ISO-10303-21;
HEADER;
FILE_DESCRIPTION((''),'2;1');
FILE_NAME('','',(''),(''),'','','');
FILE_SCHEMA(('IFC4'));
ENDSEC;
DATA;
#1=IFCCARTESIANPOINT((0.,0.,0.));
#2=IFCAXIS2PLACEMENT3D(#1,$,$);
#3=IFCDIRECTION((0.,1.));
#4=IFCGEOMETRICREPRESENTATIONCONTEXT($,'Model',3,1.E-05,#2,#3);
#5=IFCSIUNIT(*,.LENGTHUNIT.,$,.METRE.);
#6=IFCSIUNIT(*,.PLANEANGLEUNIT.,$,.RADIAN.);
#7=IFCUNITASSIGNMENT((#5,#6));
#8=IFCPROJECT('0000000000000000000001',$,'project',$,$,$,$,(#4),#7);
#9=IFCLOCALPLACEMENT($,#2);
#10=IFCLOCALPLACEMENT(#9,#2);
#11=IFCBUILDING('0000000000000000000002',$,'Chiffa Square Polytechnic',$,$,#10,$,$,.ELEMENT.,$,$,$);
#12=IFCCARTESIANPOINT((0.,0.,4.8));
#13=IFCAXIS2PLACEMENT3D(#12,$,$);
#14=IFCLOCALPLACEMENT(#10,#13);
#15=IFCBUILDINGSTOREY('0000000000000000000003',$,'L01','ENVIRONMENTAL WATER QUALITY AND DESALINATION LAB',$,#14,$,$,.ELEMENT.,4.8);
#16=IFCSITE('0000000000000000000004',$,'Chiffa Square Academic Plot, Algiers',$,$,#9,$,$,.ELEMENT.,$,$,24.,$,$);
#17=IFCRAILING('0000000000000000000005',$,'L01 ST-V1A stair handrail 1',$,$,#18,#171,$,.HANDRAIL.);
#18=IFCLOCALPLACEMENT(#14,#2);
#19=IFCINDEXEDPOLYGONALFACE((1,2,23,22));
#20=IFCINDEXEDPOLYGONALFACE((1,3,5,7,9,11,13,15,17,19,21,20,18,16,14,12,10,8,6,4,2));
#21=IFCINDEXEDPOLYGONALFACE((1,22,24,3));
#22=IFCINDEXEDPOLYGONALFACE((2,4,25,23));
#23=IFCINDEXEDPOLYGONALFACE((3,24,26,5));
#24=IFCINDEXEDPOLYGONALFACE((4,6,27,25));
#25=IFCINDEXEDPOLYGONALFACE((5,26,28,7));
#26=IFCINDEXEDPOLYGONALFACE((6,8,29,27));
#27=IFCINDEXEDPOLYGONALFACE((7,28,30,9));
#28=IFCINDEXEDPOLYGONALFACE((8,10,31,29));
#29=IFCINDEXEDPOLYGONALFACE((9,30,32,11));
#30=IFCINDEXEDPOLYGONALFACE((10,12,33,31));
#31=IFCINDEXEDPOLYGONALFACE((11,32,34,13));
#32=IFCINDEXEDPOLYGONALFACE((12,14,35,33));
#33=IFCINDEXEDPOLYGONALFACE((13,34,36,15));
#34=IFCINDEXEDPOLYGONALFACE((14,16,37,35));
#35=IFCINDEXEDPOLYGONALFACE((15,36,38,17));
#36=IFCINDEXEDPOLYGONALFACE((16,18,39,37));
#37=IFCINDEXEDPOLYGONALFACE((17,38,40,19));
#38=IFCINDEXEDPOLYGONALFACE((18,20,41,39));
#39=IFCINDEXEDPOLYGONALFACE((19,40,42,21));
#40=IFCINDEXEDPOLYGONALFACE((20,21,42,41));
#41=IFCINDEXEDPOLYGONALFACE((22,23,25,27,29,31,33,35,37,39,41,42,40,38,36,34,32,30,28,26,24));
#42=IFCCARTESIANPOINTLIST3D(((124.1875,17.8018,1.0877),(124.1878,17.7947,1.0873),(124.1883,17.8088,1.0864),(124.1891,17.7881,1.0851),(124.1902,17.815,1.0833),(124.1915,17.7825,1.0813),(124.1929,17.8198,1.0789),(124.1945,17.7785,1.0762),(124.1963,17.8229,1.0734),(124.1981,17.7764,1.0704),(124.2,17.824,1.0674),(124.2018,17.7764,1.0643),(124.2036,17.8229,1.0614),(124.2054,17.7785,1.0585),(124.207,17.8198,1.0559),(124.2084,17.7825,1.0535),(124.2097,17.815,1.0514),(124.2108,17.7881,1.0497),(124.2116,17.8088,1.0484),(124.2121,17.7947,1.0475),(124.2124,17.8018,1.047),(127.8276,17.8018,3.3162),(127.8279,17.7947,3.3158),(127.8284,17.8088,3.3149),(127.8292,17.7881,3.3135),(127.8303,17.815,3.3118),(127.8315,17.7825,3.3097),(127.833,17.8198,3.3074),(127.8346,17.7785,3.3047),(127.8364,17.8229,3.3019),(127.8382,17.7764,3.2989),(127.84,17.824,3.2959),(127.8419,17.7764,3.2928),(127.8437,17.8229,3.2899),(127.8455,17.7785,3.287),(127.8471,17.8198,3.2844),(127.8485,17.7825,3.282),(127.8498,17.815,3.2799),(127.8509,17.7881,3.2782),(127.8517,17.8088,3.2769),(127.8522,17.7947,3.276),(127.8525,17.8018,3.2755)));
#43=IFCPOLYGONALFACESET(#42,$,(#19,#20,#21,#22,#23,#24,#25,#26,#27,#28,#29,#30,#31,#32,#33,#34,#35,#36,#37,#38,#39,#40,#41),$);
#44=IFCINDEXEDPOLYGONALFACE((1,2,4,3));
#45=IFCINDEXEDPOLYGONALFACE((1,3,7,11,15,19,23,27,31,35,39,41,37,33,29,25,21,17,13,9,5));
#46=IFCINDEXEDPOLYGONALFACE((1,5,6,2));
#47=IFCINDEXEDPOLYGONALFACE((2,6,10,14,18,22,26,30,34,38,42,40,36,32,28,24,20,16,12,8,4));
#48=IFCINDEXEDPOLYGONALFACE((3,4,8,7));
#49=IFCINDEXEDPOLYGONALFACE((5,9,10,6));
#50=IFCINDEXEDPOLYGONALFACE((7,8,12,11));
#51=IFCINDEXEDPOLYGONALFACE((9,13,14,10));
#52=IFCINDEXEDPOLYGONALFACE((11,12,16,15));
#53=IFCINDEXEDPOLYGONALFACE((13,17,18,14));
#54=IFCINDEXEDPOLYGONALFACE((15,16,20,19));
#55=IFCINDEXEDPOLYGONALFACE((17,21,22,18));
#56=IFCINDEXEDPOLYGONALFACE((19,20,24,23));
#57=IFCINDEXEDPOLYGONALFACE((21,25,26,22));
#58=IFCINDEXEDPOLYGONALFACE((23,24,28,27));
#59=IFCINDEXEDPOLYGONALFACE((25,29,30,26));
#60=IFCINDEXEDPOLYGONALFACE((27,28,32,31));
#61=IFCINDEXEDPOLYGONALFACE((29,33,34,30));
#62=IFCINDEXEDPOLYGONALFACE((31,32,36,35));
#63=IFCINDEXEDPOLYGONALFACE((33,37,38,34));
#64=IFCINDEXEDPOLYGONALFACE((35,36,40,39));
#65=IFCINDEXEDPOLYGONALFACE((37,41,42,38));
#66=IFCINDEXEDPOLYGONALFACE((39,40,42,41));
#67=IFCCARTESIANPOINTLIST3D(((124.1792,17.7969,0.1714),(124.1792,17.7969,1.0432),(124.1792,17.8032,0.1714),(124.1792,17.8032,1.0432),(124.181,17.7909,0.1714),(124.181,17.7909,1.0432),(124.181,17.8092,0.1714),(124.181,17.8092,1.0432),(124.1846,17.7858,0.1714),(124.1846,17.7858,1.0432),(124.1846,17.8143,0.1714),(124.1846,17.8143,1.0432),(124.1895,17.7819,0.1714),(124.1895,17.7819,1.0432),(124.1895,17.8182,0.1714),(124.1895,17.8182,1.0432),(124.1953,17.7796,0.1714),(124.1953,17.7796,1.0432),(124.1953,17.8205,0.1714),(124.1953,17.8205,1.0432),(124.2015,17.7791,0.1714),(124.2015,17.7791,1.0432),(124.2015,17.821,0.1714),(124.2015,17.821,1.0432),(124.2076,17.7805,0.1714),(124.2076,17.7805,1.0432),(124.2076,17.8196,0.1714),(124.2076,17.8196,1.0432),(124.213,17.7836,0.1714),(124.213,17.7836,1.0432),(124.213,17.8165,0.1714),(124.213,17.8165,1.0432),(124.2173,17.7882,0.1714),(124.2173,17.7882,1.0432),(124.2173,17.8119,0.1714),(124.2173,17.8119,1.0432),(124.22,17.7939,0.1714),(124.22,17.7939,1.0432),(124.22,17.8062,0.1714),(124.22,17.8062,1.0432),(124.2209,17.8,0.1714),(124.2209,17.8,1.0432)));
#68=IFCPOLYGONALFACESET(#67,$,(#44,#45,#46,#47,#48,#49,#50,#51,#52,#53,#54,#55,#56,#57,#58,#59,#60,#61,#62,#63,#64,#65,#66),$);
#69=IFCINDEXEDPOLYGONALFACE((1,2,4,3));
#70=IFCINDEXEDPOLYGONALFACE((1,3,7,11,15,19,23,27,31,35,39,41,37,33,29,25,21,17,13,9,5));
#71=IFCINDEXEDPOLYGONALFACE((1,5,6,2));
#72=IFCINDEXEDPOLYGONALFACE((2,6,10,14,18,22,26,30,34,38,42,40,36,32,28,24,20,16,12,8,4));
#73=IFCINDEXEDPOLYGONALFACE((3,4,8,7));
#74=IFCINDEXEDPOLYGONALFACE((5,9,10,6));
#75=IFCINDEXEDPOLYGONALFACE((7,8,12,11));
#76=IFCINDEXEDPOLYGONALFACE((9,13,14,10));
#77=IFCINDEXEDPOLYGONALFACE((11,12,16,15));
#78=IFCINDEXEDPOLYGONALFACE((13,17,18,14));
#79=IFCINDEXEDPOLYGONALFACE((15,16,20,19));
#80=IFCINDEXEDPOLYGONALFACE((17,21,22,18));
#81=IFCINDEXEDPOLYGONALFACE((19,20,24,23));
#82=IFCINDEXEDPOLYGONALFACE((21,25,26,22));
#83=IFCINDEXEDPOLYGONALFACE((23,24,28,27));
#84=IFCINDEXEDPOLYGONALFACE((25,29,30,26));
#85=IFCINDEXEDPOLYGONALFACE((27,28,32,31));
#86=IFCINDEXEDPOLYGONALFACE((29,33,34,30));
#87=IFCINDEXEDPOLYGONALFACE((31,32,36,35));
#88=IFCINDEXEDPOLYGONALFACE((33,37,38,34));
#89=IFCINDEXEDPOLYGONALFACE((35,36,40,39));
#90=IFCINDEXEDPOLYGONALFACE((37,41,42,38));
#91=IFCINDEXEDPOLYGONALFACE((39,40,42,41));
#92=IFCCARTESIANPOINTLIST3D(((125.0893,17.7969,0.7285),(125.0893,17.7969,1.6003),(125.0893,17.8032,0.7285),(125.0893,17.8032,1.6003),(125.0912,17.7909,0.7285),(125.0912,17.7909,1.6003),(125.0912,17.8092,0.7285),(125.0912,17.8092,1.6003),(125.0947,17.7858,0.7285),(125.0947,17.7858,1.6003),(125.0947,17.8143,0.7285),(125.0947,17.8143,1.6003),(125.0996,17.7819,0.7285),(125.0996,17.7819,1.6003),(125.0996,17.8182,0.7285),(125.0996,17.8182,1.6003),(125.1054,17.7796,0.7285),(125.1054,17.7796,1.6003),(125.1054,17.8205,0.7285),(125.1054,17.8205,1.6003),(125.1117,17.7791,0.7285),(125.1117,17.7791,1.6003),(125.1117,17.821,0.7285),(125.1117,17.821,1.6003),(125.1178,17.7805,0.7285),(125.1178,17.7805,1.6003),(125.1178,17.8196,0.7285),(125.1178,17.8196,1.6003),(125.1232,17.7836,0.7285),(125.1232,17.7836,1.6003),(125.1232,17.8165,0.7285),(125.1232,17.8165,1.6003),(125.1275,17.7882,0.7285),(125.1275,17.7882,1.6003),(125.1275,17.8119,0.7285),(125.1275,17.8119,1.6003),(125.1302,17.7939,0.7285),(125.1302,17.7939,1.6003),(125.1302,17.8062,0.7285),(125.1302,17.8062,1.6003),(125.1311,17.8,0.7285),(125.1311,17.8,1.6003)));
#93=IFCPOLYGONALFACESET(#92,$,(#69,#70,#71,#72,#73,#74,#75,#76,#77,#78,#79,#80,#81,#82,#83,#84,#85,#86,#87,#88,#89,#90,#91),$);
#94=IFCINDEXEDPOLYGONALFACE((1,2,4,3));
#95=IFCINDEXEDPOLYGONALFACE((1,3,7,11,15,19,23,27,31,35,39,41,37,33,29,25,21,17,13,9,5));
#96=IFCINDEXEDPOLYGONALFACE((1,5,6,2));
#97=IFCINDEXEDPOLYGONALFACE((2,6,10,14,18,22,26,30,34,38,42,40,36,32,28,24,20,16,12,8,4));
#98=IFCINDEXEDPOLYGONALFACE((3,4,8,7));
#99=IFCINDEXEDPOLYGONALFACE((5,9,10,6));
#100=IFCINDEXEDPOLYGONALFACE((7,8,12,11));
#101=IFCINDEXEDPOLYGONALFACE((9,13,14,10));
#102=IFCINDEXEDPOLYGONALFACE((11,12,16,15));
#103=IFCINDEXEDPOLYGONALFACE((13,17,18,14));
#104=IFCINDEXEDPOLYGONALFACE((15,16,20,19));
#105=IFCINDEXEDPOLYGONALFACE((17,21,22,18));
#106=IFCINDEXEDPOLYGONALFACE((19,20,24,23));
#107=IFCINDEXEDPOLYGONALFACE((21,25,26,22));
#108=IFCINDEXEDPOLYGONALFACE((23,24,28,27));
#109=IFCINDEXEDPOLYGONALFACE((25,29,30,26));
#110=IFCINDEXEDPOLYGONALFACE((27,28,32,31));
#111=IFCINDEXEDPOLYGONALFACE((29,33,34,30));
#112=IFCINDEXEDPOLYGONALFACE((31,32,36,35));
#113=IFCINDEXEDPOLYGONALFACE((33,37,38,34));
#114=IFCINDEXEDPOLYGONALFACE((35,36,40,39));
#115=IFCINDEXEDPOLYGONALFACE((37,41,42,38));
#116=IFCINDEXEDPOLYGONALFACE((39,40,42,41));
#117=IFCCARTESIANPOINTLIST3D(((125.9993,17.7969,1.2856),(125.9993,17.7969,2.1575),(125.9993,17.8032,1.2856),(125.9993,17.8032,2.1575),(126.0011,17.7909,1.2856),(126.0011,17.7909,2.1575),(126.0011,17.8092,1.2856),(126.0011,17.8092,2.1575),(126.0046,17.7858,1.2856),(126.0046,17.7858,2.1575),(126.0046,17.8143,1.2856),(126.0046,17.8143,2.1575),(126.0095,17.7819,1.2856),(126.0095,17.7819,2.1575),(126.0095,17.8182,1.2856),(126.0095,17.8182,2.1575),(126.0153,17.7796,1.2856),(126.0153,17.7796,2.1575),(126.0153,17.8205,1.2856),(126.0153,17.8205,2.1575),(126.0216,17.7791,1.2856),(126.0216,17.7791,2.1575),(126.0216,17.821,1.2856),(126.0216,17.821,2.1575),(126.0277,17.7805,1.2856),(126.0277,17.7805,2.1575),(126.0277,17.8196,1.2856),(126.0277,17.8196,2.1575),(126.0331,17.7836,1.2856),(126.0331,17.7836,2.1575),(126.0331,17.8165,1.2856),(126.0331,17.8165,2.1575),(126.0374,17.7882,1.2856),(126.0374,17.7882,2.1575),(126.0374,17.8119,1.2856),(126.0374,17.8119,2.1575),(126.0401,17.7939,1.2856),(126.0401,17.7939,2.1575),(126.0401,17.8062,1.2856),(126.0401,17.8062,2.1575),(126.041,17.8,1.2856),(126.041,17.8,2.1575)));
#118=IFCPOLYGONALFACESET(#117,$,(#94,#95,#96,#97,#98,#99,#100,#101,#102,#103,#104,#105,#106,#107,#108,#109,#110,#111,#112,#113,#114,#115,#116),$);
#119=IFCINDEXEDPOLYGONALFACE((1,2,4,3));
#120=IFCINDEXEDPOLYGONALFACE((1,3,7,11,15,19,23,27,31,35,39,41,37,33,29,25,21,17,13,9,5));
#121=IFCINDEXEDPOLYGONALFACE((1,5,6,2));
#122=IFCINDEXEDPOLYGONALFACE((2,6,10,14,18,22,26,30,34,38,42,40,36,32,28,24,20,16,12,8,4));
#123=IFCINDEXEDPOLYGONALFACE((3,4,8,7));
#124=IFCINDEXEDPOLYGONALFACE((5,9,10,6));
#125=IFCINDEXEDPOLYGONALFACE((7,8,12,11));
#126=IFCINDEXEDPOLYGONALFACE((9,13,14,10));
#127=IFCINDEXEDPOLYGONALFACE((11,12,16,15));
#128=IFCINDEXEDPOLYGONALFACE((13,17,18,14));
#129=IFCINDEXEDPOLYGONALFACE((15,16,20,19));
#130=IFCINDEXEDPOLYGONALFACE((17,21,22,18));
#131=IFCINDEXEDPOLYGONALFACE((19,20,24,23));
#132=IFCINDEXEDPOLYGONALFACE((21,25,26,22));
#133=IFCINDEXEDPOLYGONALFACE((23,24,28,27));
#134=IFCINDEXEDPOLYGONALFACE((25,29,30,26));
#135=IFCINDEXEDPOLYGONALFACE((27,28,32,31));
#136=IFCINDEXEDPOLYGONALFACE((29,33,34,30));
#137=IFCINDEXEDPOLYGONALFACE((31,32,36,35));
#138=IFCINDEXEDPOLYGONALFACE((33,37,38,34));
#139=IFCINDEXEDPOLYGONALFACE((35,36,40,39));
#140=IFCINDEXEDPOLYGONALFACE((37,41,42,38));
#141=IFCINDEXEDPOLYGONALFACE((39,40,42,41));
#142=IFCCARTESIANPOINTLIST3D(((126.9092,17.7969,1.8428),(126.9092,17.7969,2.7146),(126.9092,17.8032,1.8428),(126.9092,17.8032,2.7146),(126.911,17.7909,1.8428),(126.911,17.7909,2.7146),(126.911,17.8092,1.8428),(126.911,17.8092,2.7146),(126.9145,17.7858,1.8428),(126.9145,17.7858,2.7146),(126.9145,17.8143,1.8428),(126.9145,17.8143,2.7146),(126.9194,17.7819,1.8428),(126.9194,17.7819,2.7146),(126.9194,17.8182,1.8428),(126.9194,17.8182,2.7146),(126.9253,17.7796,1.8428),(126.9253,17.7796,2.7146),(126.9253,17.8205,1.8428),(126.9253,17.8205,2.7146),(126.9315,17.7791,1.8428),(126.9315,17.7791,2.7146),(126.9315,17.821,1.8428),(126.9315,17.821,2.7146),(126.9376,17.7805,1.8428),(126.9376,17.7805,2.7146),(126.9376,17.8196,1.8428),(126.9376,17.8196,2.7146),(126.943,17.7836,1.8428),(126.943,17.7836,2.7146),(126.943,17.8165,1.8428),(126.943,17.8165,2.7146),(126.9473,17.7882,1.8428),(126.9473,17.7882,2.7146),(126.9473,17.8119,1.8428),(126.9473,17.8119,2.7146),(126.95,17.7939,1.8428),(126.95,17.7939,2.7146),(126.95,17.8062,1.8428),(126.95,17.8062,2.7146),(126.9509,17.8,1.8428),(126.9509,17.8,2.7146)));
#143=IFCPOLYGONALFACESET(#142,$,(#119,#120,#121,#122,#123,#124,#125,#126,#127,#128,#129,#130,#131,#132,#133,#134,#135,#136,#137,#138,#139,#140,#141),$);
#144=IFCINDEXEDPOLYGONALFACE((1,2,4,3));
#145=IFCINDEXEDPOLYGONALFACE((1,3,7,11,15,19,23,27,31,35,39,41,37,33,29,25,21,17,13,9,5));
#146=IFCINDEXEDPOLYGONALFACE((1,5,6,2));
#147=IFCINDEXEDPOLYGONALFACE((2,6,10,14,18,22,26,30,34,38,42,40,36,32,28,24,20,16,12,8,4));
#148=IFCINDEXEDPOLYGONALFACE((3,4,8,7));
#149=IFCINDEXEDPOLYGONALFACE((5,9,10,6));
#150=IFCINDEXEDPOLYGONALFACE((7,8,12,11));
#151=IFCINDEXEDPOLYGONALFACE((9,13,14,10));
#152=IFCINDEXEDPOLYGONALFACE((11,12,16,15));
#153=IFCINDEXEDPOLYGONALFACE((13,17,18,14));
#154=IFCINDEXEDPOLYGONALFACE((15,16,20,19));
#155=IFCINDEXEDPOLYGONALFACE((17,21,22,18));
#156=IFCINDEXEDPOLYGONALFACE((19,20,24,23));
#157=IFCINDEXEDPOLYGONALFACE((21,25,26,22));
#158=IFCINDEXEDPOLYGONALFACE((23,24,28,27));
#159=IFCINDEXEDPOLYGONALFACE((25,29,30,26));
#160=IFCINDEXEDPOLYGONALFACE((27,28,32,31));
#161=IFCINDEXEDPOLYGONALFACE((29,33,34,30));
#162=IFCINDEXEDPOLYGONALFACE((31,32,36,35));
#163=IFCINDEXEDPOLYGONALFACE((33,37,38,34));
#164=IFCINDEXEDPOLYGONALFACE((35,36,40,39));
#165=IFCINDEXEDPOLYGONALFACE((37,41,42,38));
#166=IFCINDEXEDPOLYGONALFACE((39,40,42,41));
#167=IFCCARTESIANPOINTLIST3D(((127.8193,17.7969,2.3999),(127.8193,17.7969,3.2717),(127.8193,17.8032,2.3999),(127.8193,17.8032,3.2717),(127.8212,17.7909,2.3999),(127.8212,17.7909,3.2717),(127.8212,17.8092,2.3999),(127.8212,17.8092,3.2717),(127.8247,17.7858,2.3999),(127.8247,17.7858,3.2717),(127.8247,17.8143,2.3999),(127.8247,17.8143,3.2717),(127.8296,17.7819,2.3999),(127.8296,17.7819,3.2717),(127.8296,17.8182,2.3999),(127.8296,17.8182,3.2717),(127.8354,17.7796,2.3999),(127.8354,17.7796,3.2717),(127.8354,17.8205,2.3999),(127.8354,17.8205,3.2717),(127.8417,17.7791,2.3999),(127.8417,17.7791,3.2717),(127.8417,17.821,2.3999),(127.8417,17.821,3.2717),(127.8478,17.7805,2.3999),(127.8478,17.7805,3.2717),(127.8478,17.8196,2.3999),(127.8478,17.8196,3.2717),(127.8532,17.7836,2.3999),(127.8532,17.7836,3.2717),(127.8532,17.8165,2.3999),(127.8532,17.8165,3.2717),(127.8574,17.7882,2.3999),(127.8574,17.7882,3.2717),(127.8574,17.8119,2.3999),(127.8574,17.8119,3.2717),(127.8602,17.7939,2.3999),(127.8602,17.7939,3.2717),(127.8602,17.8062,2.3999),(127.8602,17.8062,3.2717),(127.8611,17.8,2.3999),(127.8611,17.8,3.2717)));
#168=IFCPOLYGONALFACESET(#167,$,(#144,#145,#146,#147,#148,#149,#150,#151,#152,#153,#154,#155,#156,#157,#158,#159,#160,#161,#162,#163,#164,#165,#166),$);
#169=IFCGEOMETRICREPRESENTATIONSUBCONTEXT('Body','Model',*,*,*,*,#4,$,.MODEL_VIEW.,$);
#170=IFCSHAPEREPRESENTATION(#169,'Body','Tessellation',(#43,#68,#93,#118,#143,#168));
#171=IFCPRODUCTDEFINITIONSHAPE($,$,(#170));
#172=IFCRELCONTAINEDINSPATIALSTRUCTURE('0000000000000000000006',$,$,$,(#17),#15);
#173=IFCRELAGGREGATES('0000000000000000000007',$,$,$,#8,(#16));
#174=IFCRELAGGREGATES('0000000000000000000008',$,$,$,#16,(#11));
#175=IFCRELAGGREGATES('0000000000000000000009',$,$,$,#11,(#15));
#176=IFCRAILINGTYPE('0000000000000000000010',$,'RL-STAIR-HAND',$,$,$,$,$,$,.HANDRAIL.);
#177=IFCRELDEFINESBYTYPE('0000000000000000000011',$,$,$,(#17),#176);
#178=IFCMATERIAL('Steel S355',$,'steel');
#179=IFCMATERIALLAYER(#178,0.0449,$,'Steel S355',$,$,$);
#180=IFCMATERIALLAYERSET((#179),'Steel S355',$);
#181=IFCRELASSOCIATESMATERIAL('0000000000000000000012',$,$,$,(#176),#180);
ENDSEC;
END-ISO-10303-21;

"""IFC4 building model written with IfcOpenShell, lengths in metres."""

from ifc_helpers import new_model, si_unit, direction, frame, origin, origin_2d, place, context, subcontext, project, spatial, circle, extrude, material, layer, layer_set, type_object, element, save


model = new_model("IFC4")

# Units and contexts
model_context = context("Model", 3, precision=1e-05, world=origin(), true_north=direction((0.0, 1.0)))
body_context = subcontext(model_context, "Body", "Model", "MODEL_VIEW")
ifc_project = project(units=[si_unit("LENGTHUNIT", "METRE"), si_unit("PLANEANGLEUNIT", "RADIAN")], contexts=[model_context])

# Site, building, storey
site_placement = place(None, origin())
site = spatial("IfcSite", under=ifc_project, at=site_placement, Name="Chiffa Square Academic Plot, Algiers", CompositionType="ELEMENT", RefElevation=24.0)
building_placement = place(site_placement, origin())
building = spatial("IfcBuilding", under=site, at=building_placement, Name="Chiffa Square Polytechnic", CompositionType="ELEMENT")
storey_placement = place(building_placement, frame((0.0, 0.0, 4.8)))
storey = spatial("IfcBuildingStorey", under=building, at=storey_placement, Name="L01", Description="ENVIRONMENTAL WATER QUALITY AND DESALINATION LAB", CompositionType="ELEMENT", Elevation=4.8)

# Railing
ifc_material_1 = material(Name="Steel S355", Category="steel")
ifc_layer_1 = layer(ifc_material_1, 0.0449, Name="Steel S355")
ifc_layer_set_1 = layer_set([ifc_layer_1], Name="Steel S355")
railing_type_1 = type_object("IfcRailingType", Name="RL-STAIR-HAND", PredefinedType="HANDRAIL", material=ifc_layer_set_1)
railing_1_placement = place(storey_placement, frame((124.2, 17.8, 0.1714)))
element("IfcRailing", 1, at=railing_1_placement, inside=storey, type_object=railing_type_1, Name="L01 ST-V1A stair handrail 1", PredefinedType="HANDRAIL", context=body_context, shape_type="SweptSolid", body=[
    extrude(circle(Radius=0.0239, at=origin_2d()), frame((0.0, 0.0, 0.896), z_axis=(0.852866, 0.0, 0.52213), x_axis=(0.0, 1.0, 0.0)), (0.0, 0.0, 1.0), 4.2681),
    extrude(circle(Radius=0.021, at=origin_2d()), origin(), (0.0, 0.0, 1.0), 0.8718),
    extrude(circle(Radius=0.021, at=origin_2d()), frame((0.9102, 0.0, 0.5571)), (0.0, 0.0, 1.0), 0.8718),
    extrude(circle(Radius=0.021, at=origin_2d()), frame((1.8201, 0.0, 1.1143)), (0.0, 0.0, 1.0), 0.8718),
    extrude(circle(Radius=0.021, at=origin_2d()), frame((2.73, 0.0, 1.6714)), (0.0, 0.0, 1.0), 0.8718),
    extrude(circle(Radius=0.021, at=origin_2d()), frame((3.6401, 0.0, 2.2285)), (0.0, 0.0, 1.0), 0.8718),
])

save(model, "model.ifc")
